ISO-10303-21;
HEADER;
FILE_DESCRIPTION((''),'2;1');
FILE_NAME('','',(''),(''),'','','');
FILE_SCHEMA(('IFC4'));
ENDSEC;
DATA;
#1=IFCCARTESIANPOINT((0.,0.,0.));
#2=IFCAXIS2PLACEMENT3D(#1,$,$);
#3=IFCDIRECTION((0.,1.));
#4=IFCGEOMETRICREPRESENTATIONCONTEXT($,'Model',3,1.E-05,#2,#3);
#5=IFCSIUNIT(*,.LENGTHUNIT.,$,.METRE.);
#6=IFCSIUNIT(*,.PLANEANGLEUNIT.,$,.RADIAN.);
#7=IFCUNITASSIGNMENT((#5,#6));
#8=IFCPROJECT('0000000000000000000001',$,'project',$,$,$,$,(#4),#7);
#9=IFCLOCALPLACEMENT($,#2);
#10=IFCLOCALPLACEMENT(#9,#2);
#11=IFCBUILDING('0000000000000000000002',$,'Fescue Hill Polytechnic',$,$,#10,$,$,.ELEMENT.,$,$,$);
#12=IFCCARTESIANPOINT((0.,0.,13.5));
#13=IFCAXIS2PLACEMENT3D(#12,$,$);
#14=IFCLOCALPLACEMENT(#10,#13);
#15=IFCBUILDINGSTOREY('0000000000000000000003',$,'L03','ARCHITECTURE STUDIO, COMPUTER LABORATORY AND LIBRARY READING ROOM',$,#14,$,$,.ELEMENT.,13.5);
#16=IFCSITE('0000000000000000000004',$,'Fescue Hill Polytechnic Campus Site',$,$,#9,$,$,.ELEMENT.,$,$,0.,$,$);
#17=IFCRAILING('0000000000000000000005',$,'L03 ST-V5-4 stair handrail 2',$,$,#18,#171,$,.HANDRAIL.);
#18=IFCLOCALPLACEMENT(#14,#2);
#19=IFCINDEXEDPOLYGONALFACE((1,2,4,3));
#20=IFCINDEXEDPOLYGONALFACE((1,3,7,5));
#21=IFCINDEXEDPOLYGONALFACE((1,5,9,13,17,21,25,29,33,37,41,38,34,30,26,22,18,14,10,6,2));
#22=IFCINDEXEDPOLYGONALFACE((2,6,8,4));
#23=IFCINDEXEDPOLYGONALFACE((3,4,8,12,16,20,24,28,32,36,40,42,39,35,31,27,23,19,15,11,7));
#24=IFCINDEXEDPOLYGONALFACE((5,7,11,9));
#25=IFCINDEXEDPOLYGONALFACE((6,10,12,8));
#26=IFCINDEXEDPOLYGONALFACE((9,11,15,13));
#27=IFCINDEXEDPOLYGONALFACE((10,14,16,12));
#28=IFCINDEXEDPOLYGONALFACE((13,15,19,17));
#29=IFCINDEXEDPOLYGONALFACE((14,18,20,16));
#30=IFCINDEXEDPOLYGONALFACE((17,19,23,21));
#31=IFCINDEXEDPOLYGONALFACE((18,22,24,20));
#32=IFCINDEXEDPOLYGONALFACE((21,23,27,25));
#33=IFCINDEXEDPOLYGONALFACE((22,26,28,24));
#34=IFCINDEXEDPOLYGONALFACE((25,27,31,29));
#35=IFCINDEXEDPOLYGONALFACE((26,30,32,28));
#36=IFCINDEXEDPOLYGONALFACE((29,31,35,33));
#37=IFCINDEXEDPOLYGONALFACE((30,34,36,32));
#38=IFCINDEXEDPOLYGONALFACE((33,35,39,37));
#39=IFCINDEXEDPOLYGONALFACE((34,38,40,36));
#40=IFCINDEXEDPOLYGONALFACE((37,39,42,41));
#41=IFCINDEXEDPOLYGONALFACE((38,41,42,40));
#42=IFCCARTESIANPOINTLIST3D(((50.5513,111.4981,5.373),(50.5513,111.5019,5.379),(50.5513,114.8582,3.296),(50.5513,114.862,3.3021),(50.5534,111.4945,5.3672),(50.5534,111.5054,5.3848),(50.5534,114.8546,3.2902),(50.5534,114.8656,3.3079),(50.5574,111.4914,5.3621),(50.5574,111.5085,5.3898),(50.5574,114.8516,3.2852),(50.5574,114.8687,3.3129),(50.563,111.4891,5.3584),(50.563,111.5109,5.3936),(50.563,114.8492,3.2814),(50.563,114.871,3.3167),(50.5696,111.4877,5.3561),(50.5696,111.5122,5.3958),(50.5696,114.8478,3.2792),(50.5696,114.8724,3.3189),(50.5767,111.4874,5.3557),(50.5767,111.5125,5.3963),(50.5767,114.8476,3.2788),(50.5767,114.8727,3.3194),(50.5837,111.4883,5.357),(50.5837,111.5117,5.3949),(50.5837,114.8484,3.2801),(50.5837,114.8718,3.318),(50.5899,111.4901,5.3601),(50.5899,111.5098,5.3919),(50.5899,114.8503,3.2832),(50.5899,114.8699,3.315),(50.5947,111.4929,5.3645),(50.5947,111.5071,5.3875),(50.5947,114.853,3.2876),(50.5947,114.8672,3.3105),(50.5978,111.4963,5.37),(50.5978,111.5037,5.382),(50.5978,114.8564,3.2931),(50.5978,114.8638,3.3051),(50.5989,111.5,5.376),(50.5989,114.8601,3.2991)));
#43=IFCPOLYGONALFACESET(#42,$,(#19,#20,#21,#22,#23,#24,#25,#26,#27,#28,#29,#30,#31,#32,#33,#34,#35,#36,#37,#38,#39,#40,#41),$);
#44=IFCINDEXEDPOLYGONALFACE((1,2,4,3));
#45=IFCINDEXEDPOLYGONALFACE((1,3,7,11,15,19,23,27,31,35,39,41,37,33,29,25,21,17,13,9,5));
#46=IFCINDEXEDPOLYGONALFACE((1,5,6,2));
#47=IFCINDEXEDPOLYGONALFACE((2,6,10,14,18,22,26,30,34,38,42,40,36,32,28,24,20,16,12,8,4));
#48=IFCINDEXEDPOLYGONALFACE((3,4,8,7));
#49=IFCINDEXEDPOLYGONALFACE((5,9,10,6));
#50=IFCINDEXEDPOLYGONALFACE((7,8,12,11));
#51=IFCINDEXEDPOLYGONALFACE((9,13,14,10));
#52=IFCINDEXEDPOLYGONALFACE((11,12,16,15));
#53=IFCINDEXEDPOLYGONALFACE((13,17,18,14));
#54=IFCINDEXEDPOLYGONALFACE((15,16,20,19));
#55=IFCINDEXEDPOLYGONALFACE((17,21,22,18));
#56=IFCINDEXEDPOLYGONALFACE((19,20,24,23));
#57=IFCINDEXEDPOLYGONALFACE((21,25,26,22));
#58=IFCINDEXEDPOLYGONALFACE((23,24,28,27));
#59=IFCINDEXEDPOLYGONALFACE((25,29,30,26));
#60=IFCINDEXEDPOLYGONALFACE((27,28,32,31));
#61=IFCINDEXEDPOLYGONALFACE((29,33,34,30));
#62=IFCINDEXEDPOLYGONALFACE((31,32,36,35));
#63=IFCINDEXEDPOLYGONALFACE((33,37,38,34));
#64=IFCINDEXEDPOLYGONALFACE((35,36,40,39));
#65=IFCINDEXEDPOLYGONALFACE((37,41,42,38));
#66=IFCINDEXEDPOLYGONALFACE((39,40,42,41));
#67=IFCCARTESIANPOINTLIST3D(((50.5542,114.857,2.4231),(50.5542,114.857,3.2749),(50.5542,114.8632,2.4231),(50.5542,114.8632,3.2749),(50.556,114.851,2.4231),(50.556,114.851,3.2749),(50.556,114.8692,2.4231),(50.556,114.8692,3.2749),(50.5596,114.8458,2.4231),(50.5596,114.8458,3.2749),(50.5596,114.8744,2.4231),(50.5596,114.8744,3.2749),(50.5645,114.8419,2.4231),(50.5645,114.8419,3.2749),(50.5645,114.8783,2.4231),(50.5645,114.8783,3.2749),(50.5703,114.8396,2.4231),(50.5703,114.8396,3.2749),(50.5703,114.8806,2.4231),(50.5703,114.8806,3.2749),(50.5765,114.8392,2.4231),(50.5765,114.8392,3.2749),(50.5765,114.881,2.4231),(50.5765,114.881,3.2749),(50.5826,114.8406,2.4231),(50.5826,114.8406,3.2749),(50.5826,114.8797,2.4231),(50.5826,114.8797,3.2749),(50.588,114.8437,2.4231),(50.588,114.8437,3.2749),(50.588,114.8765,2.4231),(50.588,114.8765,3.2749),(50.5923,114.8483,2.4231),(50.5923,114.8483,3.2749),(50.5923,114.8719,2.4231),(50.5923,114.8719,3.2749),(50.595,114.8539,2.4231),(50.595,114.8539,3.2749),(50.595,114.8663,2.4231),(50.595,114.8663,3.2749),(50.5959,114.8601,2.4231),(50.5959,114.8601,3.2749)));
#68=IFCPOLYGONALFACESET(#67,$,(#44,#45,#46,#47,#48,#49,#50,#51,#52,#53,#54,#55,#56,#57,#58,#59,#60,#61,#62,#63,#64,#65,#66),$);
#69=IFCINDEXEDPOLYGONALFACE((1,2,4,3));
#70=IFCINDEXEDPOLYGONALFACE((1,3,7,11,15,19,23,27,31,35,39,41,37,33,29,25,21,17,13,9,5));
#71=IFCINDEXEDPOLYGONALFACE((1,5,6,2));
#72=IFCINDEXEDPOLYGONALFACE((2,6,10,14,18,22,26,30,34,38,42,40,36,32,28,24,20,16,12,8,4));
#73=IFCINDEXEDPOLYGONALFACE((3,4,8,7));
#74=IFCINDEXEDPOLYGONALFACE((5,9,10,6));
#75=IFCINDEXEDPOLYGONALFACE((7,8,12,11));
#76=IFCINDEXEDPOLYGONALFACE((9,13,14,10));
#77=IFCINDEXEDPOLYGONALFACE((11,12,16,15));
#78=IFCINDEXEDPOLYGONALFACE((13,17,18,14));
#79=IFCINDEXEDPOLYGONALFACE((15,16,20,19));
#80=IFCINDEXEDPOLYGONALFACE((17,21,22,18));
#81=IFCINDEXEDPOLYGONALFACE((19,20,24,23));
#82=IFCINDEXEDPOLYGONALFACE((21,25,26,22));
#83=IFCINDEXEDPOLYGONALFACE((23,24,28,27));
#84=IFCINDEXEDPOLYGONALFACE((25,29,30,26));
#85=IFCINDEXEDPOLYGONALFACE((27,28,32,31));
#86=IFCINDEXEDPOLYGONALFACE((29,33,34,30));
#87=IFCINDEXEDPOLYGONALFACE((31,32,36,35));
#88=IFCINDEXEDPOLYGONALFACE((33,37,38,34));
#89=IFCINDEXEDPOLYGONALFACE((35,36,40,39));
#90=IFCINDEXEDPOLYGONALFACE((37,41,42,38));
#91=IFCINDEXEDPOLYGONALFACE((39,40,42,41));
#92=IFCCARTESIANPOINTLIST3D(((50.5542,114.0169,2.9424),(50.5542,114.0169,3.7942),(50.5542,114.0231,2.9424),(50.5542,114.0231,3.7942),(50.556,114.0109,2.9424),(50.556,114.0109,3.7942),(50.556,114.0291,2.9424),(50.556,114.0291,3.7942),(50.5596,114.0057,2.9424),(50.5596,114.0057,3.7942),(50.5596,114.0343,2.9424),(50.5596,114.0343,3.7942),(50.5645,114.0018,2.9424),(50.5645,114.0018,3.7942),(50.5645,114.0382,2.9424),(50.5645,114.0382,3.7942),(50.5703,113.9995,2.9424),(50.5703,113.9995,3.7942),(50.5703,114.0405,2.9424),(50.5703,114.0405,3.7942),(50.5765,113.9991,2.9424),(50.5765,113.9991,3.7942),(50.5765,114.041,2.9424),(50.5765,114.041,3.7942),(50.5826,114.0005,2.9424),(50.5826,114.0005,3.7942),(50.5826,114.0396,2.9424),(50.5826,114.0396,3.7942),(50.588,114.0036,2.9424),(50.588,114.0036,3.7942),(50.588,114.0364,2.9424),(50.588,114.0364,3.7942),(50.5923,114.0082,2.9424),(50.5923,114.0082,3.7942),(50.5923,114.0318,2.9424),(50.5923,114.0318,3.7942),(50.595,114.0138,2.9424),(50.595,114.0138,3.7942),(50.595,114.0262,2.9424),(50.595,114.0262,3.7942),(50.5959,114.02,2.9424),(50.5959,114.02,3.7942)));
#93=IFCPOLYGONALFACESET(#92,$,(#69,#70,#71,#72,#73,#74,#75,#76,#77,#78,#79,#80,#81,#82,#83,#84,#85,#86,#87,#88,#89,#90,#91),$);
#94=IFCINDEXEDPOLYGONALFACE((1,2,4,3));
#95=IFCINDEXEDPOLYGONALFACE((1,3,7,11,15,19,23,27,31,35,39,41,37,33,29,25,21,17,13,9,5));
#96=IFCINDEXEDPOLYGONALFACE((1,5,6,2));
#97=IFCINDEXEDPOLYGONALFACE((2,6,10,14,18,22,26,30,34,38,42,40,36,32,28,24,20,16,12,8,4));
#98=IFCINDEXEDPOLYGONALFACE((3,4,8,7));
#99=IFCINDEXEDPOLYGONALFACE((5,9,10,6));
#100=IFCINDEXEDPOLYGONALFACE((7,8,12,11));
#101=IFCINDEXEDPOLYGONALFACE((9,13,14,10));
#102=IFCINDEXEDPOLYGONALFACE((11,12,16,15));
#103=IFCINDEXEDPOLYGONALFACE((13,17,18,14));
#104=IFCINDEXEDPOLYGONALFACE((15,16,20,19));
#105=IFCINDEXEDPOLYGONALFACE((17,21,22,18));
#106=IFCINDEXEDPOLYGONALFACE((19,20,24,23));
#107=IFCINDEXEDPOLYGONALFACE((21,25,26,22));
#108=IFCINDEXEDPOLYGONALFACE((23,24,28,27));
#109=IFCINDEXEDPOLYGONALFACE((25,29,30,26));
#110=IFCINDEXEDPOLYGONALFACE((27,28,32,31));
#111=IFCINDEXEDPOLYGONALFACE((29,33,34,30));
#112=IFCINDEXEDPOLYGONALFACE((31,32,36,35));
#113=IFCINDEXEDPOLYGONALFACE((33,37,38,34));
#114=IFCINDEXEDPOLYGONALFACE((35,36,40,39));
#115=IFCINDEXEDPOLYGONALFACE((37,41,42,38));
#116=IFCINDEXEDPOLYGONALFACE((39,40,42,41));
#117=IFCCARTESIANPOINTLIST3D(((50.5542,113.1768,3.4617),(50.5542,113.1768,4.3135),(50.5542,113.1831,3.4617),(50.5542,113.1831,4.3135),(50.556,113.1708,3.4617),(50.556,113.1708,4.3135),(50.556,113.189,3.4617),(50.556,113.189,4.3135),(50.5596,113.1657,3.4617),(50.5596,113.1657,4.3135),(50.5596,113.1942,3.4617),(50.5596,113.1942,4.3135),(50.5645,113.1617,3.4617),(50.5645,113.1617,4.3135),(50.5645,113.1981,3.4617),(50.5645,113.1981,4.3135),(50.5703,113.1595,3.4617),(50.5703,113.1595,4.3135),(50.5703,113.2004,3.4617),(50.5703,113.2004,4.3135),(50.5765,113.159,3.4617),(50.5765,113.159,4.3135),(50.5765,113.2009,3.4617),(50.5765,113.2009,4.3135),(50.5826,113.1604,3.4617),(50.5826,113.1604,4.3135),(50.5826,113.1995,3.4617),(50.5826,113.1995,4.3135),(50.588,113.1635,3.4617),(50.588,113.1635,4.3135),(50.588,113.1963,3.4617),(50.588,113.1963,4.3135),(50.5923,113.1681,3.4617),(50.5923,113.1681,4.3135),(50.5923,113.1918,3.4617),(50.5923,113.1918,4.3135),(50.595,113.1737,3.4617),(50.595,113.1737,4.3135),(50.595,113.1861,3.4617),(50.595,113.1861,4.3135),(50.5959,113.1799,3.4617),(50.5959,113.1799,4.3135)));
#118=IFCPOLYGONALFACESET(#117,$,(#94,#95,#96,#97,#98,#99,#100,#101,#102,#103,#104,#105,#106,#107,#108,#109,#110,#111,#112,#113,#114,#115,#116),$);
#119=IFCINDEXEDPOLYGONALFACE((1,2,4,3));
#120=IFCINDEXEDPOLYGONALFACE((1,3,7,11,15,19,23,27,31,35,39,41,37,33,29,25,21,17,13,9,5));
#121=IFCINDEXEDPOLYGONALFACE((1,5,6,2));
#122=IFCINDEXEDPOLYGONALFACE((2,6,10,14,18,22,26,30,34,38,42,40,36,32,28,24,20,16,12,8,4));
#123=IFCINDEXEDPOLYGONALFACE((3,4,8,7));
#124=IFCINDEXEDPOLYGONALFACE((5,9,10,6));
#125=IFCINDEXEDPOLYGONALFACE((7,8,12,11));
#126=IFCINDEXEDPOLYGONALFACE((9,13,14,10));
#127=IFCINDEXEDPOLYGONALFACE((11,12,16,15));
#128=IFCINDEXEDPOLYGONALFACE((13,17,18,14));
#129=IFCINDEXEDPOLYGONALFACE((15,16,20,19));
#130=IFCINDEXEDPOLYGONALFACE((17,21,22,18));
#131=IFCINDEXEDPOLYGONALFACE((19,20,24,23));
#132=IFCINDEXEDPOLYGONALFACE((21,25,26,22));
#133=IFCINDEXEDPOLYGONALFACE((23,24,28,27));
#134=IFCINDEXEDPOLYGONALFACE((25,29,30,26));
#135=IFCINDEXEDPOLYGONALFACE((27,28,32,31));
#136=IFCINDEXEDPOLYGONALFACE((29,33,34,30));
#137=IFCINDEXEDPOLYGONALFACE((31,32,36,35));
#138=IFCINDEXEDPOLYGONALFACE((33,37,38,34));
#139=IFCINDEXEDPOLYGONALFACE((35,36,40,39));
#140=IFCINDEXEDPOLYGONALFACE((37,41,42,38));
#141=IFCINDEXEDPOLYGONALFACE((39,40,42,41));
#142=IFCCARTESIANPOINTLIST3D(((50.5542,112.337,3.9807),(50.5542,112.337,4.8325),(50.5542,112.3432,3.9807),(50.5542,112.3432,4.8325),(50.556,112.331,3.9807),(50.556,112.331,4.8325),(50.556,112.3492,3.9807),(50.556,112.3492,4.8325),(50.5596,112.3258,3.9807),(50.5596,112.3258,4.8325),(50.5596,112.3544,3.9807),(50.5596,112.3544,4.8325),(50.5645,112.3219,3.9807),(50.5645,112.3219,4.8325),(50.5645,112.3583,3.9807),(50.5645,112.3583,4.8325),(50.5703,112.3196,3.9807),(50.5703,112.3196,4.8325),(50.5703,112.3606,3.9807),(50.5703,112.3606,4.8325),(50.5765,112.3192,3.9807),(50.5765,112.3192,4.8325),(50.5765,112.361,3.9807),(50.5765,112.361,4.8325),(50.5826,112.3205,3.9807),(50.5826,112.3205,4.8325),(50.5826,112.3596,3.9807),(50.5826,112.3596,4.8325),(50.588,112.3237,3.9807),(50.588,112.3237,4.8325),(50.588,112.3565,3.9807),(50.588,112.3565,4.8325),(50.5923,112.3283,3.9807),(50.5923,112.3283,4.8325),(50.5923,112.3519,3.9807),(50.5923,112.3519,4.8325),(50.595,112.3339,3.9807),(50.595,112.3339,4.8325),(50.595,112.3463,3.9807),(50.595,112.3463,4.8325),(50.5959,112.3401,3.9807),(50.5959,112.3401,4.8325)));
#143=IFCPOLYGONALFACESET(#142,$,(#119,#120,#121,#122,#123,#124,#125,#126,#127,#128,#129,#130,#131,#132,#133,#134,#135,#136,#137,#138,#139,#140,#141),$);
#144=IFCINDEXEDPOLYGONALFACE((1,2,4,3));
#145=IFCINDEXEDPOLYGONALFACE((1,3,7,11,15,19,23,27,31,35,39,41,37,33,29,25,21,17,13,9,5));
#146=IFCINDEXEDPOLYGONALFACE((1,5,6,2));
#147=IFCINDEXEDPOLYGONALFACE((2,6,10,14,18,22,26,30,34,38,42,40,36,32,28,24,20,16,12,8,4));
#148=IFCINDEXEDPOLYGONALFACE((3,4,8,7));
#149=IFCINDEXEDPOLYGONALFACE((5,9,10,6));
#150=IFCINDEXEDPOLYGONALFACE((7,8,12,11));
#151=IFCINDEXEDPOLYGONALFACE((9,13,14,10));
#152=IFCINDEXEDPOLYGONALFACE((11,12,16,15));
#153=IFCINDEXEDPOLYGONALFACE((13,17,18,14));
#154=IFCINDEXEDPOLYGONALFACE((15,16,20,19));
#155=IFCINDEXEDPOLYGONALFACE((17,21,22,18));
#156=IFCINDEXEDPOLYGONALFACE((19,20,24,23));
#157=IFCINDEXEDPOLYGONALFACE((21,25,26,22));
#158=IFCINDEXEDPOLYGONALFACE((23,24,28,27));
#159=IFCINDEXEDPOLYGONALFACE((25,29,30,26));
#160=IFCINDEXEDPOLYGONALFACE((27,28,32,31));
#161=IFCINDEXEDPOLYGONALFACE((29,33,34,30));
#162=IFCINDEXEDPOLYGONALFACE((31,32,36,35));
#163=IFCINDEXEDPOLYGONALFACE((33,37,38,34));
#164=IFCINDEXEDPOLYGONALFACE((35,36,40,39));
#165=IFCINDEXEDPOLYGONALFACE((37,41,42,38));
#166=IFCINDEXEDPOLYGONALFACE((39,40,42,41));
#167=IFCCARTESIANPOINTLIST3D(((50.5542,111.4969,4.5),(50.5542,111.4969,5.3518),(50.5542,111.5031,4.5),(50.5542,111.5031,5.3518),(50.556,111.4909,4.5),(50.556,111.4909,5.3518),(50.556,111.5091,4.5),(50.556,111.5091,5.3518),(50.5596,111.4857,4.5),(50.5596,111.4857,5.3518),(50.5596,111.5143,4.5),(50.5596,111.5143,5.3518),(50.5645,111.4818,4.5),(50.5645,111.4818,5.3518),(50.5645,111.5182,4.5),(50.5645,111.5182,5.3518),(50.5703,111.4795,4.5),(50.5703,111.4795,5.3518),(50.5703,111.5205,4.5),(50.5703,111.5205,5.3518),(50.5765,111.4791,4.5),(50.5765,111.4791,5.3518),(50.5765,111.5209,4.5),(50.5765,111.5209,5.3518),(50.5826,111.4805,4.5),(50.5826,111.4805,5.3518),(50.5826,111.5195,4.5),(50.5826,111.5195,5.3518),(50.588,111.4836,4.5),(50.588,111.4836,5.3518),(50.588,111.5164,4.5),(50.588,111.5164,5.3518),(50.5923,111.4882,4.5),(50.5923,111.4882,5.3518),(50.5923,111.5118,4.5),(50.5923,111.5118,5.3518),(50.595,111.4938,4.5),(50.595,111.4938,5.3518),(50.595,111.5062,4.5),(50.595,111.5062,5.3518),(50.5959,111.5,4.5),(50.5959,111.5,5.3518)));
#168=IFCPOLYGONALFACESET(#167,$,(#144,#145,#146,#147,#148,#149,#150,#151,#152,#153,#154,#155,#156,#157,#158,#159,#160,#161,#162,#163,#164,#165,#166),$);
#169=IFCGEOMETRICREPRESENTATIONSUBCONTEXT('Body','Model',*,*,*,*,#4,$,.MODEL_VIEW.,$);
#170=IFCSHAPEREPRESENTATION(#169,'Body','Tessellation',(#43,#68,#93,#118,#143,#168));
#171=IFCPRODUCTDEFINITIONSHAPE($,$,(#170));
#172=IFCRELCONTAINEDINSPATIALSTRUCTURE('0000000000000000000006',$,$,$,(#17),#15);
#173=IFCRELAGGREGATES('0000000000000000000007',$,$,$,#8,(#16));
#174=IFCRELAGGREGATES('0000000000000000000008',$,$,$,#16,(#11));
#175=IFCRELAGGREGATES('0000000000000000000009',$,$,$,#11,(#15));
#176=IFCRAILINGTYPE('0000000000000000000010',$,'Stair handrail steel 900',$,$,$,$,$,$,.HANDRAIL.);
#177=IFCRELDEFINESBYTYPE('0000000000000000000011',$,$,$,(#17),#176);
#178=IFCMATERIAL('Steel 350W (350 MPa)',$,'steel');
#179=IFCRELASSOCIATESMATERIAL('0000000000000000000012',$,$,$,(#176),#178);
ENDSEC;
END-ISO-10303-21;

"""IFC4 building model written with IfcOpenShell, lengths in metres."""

from ifc_helpers import new_model, si_unit, direction, frame, origin, origin_2d, place, context, subcontext, project, spatial, circle, extrude, material, type_object, element, save


model = new_model("IFC4")

# Units and contexts
model_context = context("Model", 3, precision=1e-05, world=origin(), true_north=direction((0.0, 1.0)))
body_context = subcontext(model_context, "Body", "Model", "MODEL_VIEW")
ifc_project = project(units=[si_unit("LENGTHUNIT", "METRE"), si_unit("PLANEANGLEUNIT", "RADIAN")], contexts=[model_context])

# Site, building, storey
site_placement = place(None, origin())
site = spatial("IfcSite", under=ifc_project, at=site_placement, Name="Fescue Hill Polytechnic Campus Site", CompositionType="ELEMENT", RefElevation=0.0)
building_placement = place(site_placement, origin())
building = spatial("IfcBuilding", under=site, at=building_placement, Name="Fescue Hill Polytechnic", CompositionType="ELEMENT")
storey_placement = place(building_placement, frame((0.0, 0.0, 13.5)))
storey = spatial("IfcBuildingStorey", under=building, at=storey_placement, Name="L03", Description="ARCHITECTURE STUDIO, COMPUTER LABORATORY AND LIBRARY READING ROOM", CompositionType="ELEMENT", Elevation=13.5)

# Railing
ifc_material_1 = material(Name="Steel 350W (350 MPa)", Category="steel")
railing_type_1 = type_object("IfcRailingType", Name="Stair handrail steel 900", PredefinedType="HANDRAIL", material=ifc_material_1)
railing_1_placement = place(storey_placement, frame((50.575, 114.8601, 2.4231)))
element("IfcRailing", 1, at=railing_1_placement, inside=storey, type_object=railing_type_1, Name="L03 ST-V5-4 stair handrail 2", PredefinedType="HANDRAIL", context=body_context, shape_type="SweptSolid", body=[
    extrude(circle(Radius=0.0239, at=origin_2d()), frame((0.0, 0.0, 0.876), z_axis=(0.0, -0.850623, 0.525776), x_axis=(1.0, 0.0, 0.0)), (0.0, 0.0, 1.0), 3.9502),
    extrude(circle(Radius=0.021, at=origin_2d()), origin(), (0.0, 0.0, 1.0), 0.8518),
    extrude(circle(Radius=0.021, at=origin_2d()), frame((0.0, -0.8401, 0.5193)), (0.0, 0.0, 1.0), 0.8518),
    extrude(circle(Radius=0.021, at=origin_2d()), frame((0.0, -1.6802, 1.0386)), (0.0, 0.0, 1.0), 0.8518),
    extrude(circle(Radius=0.021, at=origin_2d()), frame((0.0, -2.52, 1.5576)), (0.0, 0.0, 1.0), 0.8518),
    extrude(circle(Radius=0.021, at=origin_2d()), frame((0.0, -3.3601, 2.0769)), (0.0, 0.0, 1.0), 0.8518),
])

save(model, "model.ifc")
